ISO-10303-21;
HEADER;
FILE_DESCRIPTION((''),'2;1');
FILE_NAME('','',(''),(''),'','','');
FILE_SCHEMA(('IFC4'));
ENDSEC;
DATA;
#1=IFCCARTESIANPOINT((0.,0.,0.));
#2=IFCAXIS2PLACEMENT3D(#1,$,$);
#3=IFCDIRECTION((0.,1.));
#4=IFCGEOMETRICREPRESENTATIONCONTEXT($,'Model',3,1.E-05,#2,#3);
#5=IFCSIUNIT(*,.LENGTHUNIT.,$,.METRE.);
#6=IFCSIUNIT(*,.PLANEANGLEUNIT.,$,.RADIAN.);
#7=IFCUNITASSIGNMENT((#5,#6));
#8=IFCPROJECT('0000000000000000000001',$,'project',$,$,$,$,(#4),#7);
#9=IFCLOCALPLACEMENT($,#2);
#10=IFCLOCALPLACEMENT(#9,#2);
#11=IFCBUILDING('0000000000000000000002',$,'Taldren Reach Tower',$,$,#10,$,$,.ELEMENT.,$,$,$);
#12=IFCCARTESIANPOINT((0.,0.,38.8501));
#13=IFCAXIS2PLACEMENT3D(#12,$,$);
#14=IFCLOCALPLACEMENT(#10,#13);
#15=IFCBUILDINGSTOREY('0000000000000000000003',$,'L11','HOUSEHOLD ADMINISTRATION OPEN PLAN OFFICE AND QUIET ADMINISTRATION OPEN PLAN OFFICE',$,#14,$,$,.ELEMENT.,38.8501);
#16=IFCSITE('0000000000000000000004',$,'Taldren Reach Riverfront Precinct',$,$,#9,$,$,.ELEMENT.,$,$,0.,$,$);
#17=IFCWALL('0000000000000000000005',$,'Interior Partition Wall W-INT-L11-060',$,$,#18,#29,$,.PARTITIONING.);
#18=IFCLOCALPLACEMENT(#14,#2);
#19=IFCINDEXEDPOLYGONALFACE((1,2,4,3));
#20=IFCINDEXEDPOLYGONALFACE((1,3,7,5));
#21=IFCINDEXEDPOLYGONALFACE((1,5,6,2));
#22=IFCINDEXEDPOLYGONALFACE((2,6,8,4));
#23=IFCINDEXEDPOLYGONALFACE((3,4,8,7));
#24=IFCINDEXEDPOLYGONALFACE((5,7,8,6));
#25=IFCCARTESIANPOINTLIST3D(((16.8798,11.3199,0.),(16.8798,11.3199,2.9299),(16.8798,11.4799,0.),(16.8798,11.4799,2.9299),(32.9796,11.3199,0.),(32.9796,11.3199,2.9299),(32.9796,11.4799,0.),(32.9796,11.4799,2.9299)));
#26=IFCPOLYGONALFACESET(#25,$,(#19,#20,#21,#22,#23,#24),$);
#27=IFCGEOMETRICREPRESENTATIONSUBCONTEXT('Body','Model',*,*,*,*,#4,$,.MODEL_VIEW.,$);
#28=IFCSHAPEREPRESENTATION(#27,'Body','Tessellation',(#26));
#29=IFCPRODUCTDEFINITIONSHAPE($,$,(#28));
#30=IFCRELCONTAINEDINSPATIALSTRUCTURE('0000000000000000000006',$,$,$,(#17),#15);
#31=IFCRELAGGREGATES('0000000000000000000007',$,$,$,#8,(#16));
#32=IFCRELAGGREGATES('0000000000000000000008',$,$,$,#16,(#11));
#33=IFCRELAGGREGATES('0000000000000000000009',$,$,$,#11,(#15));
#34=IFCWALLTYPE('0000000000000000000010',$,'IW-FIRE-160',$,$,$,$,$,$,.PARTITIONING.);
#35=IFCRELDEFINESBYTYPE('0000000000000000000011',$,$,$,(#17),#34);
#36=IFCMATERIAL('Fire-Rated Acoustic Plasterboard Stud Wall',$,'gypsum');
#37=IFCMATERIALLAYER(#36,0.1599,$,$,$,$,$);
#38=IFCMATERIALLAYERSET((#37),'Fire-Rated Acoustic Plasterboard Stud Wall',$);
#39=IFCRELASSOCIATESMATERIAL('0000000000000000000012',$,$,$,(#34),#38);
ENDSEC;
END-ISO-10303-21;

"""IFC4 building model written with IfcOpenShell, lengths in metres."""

from ifc_helpers import new_model, si_unit, direction, frame, frame_2d, origin, place, context, subcontext, project, spatial, rectangle, extrude, source, transform, mapped, material, layer, layer_set, type_object, element, save


model = new_model("IFC4")

# Units and contexts
model_context = context("Model", 3, precision=1e-05, world=origin(), true_north=direction((0.0, 1.0)))
body_context = subcontext(model_context, "Body", "Model", "MODEL_VIEW")
ifc_project = project(units=[si_unit("LENGTHUNIT", "METRE"), si_unit("PLANEANGLEUNIT", "RADIAN")], contexts=[model_context])

# Site, building, storey
site_placement = place(None, origin())
site = spatial("IfcSite", under=ifc_project, at=site_placement, Name="Taldren Reach Riverfront Precinct", CompositionType="ELEMENT", RefElevation=0.0)
building_placement = place(site_placement, origin())
building = spatial("IfcBuilding", under=site, at=building_placement, Name="Taldren Reach Tower", CompositionType="ELEMENT")
storey_placement = place(building_placement, frame((0.0, 0.0, 38.8501)))
storey = spatial("IfcBuildingStorey", under=building, at=storey_placement, Name="L11", Description="HOUSEHOLD ADMINISTRATION OPEN PLAN OFFICE AND QUIET ADMINISTRATION OPEN PLAN OFFICE", CompositionType="ELEMENT", Elevation=38.8501)

# Shared definitions
ifc_material_1 = material(Name="Fire-Rated Acoustic Plasterboard Stud Wall", Category="gypsum")
ifc_layer_1 = layer(ifc_material_1, 0.1599)
ifc_layer_set_1 = layer_set([ifc_layer_1], Name="Fire-Rated Acoustic Plasterboard Stud Wall")
wall_type_1 = type_object("IfcWallType", Name="IW-FIRE-160", PredefinedType="PARTITIONING", material=ifc_layer_set_1)

# Wall
shared_shape_1 = source(origin(), body_context, "Body", "SweptSolid", [
    extrude(rectangle(XDim=16.0999, YDim=0.1599, at=frame_2d((8.0498, 0.0))), origin(), (0.0, 0.0, 1.0), 2.9299),
])
wall_1_placement = place(storey_placement, frame((16.8799, 11.3999, 0.0), z_axis=(0.0, 0.0, 1.0), x_axis=(1.0, 0.0, 0.0)))
element("IfcWall", 1, at=wall_1_placement, inside=storey, type_object=wall_type_1, Name="Interior Partition Wall W-INT-L11-060", PredefinedType="PARTITIONING", context=body_context, shape_type="MappedRepresentation", body=[
    mapped(shared_shape_1, transform((0.0, 0.0, 0.0), scale=1.0)),
])

save(model, "model.ifc")
